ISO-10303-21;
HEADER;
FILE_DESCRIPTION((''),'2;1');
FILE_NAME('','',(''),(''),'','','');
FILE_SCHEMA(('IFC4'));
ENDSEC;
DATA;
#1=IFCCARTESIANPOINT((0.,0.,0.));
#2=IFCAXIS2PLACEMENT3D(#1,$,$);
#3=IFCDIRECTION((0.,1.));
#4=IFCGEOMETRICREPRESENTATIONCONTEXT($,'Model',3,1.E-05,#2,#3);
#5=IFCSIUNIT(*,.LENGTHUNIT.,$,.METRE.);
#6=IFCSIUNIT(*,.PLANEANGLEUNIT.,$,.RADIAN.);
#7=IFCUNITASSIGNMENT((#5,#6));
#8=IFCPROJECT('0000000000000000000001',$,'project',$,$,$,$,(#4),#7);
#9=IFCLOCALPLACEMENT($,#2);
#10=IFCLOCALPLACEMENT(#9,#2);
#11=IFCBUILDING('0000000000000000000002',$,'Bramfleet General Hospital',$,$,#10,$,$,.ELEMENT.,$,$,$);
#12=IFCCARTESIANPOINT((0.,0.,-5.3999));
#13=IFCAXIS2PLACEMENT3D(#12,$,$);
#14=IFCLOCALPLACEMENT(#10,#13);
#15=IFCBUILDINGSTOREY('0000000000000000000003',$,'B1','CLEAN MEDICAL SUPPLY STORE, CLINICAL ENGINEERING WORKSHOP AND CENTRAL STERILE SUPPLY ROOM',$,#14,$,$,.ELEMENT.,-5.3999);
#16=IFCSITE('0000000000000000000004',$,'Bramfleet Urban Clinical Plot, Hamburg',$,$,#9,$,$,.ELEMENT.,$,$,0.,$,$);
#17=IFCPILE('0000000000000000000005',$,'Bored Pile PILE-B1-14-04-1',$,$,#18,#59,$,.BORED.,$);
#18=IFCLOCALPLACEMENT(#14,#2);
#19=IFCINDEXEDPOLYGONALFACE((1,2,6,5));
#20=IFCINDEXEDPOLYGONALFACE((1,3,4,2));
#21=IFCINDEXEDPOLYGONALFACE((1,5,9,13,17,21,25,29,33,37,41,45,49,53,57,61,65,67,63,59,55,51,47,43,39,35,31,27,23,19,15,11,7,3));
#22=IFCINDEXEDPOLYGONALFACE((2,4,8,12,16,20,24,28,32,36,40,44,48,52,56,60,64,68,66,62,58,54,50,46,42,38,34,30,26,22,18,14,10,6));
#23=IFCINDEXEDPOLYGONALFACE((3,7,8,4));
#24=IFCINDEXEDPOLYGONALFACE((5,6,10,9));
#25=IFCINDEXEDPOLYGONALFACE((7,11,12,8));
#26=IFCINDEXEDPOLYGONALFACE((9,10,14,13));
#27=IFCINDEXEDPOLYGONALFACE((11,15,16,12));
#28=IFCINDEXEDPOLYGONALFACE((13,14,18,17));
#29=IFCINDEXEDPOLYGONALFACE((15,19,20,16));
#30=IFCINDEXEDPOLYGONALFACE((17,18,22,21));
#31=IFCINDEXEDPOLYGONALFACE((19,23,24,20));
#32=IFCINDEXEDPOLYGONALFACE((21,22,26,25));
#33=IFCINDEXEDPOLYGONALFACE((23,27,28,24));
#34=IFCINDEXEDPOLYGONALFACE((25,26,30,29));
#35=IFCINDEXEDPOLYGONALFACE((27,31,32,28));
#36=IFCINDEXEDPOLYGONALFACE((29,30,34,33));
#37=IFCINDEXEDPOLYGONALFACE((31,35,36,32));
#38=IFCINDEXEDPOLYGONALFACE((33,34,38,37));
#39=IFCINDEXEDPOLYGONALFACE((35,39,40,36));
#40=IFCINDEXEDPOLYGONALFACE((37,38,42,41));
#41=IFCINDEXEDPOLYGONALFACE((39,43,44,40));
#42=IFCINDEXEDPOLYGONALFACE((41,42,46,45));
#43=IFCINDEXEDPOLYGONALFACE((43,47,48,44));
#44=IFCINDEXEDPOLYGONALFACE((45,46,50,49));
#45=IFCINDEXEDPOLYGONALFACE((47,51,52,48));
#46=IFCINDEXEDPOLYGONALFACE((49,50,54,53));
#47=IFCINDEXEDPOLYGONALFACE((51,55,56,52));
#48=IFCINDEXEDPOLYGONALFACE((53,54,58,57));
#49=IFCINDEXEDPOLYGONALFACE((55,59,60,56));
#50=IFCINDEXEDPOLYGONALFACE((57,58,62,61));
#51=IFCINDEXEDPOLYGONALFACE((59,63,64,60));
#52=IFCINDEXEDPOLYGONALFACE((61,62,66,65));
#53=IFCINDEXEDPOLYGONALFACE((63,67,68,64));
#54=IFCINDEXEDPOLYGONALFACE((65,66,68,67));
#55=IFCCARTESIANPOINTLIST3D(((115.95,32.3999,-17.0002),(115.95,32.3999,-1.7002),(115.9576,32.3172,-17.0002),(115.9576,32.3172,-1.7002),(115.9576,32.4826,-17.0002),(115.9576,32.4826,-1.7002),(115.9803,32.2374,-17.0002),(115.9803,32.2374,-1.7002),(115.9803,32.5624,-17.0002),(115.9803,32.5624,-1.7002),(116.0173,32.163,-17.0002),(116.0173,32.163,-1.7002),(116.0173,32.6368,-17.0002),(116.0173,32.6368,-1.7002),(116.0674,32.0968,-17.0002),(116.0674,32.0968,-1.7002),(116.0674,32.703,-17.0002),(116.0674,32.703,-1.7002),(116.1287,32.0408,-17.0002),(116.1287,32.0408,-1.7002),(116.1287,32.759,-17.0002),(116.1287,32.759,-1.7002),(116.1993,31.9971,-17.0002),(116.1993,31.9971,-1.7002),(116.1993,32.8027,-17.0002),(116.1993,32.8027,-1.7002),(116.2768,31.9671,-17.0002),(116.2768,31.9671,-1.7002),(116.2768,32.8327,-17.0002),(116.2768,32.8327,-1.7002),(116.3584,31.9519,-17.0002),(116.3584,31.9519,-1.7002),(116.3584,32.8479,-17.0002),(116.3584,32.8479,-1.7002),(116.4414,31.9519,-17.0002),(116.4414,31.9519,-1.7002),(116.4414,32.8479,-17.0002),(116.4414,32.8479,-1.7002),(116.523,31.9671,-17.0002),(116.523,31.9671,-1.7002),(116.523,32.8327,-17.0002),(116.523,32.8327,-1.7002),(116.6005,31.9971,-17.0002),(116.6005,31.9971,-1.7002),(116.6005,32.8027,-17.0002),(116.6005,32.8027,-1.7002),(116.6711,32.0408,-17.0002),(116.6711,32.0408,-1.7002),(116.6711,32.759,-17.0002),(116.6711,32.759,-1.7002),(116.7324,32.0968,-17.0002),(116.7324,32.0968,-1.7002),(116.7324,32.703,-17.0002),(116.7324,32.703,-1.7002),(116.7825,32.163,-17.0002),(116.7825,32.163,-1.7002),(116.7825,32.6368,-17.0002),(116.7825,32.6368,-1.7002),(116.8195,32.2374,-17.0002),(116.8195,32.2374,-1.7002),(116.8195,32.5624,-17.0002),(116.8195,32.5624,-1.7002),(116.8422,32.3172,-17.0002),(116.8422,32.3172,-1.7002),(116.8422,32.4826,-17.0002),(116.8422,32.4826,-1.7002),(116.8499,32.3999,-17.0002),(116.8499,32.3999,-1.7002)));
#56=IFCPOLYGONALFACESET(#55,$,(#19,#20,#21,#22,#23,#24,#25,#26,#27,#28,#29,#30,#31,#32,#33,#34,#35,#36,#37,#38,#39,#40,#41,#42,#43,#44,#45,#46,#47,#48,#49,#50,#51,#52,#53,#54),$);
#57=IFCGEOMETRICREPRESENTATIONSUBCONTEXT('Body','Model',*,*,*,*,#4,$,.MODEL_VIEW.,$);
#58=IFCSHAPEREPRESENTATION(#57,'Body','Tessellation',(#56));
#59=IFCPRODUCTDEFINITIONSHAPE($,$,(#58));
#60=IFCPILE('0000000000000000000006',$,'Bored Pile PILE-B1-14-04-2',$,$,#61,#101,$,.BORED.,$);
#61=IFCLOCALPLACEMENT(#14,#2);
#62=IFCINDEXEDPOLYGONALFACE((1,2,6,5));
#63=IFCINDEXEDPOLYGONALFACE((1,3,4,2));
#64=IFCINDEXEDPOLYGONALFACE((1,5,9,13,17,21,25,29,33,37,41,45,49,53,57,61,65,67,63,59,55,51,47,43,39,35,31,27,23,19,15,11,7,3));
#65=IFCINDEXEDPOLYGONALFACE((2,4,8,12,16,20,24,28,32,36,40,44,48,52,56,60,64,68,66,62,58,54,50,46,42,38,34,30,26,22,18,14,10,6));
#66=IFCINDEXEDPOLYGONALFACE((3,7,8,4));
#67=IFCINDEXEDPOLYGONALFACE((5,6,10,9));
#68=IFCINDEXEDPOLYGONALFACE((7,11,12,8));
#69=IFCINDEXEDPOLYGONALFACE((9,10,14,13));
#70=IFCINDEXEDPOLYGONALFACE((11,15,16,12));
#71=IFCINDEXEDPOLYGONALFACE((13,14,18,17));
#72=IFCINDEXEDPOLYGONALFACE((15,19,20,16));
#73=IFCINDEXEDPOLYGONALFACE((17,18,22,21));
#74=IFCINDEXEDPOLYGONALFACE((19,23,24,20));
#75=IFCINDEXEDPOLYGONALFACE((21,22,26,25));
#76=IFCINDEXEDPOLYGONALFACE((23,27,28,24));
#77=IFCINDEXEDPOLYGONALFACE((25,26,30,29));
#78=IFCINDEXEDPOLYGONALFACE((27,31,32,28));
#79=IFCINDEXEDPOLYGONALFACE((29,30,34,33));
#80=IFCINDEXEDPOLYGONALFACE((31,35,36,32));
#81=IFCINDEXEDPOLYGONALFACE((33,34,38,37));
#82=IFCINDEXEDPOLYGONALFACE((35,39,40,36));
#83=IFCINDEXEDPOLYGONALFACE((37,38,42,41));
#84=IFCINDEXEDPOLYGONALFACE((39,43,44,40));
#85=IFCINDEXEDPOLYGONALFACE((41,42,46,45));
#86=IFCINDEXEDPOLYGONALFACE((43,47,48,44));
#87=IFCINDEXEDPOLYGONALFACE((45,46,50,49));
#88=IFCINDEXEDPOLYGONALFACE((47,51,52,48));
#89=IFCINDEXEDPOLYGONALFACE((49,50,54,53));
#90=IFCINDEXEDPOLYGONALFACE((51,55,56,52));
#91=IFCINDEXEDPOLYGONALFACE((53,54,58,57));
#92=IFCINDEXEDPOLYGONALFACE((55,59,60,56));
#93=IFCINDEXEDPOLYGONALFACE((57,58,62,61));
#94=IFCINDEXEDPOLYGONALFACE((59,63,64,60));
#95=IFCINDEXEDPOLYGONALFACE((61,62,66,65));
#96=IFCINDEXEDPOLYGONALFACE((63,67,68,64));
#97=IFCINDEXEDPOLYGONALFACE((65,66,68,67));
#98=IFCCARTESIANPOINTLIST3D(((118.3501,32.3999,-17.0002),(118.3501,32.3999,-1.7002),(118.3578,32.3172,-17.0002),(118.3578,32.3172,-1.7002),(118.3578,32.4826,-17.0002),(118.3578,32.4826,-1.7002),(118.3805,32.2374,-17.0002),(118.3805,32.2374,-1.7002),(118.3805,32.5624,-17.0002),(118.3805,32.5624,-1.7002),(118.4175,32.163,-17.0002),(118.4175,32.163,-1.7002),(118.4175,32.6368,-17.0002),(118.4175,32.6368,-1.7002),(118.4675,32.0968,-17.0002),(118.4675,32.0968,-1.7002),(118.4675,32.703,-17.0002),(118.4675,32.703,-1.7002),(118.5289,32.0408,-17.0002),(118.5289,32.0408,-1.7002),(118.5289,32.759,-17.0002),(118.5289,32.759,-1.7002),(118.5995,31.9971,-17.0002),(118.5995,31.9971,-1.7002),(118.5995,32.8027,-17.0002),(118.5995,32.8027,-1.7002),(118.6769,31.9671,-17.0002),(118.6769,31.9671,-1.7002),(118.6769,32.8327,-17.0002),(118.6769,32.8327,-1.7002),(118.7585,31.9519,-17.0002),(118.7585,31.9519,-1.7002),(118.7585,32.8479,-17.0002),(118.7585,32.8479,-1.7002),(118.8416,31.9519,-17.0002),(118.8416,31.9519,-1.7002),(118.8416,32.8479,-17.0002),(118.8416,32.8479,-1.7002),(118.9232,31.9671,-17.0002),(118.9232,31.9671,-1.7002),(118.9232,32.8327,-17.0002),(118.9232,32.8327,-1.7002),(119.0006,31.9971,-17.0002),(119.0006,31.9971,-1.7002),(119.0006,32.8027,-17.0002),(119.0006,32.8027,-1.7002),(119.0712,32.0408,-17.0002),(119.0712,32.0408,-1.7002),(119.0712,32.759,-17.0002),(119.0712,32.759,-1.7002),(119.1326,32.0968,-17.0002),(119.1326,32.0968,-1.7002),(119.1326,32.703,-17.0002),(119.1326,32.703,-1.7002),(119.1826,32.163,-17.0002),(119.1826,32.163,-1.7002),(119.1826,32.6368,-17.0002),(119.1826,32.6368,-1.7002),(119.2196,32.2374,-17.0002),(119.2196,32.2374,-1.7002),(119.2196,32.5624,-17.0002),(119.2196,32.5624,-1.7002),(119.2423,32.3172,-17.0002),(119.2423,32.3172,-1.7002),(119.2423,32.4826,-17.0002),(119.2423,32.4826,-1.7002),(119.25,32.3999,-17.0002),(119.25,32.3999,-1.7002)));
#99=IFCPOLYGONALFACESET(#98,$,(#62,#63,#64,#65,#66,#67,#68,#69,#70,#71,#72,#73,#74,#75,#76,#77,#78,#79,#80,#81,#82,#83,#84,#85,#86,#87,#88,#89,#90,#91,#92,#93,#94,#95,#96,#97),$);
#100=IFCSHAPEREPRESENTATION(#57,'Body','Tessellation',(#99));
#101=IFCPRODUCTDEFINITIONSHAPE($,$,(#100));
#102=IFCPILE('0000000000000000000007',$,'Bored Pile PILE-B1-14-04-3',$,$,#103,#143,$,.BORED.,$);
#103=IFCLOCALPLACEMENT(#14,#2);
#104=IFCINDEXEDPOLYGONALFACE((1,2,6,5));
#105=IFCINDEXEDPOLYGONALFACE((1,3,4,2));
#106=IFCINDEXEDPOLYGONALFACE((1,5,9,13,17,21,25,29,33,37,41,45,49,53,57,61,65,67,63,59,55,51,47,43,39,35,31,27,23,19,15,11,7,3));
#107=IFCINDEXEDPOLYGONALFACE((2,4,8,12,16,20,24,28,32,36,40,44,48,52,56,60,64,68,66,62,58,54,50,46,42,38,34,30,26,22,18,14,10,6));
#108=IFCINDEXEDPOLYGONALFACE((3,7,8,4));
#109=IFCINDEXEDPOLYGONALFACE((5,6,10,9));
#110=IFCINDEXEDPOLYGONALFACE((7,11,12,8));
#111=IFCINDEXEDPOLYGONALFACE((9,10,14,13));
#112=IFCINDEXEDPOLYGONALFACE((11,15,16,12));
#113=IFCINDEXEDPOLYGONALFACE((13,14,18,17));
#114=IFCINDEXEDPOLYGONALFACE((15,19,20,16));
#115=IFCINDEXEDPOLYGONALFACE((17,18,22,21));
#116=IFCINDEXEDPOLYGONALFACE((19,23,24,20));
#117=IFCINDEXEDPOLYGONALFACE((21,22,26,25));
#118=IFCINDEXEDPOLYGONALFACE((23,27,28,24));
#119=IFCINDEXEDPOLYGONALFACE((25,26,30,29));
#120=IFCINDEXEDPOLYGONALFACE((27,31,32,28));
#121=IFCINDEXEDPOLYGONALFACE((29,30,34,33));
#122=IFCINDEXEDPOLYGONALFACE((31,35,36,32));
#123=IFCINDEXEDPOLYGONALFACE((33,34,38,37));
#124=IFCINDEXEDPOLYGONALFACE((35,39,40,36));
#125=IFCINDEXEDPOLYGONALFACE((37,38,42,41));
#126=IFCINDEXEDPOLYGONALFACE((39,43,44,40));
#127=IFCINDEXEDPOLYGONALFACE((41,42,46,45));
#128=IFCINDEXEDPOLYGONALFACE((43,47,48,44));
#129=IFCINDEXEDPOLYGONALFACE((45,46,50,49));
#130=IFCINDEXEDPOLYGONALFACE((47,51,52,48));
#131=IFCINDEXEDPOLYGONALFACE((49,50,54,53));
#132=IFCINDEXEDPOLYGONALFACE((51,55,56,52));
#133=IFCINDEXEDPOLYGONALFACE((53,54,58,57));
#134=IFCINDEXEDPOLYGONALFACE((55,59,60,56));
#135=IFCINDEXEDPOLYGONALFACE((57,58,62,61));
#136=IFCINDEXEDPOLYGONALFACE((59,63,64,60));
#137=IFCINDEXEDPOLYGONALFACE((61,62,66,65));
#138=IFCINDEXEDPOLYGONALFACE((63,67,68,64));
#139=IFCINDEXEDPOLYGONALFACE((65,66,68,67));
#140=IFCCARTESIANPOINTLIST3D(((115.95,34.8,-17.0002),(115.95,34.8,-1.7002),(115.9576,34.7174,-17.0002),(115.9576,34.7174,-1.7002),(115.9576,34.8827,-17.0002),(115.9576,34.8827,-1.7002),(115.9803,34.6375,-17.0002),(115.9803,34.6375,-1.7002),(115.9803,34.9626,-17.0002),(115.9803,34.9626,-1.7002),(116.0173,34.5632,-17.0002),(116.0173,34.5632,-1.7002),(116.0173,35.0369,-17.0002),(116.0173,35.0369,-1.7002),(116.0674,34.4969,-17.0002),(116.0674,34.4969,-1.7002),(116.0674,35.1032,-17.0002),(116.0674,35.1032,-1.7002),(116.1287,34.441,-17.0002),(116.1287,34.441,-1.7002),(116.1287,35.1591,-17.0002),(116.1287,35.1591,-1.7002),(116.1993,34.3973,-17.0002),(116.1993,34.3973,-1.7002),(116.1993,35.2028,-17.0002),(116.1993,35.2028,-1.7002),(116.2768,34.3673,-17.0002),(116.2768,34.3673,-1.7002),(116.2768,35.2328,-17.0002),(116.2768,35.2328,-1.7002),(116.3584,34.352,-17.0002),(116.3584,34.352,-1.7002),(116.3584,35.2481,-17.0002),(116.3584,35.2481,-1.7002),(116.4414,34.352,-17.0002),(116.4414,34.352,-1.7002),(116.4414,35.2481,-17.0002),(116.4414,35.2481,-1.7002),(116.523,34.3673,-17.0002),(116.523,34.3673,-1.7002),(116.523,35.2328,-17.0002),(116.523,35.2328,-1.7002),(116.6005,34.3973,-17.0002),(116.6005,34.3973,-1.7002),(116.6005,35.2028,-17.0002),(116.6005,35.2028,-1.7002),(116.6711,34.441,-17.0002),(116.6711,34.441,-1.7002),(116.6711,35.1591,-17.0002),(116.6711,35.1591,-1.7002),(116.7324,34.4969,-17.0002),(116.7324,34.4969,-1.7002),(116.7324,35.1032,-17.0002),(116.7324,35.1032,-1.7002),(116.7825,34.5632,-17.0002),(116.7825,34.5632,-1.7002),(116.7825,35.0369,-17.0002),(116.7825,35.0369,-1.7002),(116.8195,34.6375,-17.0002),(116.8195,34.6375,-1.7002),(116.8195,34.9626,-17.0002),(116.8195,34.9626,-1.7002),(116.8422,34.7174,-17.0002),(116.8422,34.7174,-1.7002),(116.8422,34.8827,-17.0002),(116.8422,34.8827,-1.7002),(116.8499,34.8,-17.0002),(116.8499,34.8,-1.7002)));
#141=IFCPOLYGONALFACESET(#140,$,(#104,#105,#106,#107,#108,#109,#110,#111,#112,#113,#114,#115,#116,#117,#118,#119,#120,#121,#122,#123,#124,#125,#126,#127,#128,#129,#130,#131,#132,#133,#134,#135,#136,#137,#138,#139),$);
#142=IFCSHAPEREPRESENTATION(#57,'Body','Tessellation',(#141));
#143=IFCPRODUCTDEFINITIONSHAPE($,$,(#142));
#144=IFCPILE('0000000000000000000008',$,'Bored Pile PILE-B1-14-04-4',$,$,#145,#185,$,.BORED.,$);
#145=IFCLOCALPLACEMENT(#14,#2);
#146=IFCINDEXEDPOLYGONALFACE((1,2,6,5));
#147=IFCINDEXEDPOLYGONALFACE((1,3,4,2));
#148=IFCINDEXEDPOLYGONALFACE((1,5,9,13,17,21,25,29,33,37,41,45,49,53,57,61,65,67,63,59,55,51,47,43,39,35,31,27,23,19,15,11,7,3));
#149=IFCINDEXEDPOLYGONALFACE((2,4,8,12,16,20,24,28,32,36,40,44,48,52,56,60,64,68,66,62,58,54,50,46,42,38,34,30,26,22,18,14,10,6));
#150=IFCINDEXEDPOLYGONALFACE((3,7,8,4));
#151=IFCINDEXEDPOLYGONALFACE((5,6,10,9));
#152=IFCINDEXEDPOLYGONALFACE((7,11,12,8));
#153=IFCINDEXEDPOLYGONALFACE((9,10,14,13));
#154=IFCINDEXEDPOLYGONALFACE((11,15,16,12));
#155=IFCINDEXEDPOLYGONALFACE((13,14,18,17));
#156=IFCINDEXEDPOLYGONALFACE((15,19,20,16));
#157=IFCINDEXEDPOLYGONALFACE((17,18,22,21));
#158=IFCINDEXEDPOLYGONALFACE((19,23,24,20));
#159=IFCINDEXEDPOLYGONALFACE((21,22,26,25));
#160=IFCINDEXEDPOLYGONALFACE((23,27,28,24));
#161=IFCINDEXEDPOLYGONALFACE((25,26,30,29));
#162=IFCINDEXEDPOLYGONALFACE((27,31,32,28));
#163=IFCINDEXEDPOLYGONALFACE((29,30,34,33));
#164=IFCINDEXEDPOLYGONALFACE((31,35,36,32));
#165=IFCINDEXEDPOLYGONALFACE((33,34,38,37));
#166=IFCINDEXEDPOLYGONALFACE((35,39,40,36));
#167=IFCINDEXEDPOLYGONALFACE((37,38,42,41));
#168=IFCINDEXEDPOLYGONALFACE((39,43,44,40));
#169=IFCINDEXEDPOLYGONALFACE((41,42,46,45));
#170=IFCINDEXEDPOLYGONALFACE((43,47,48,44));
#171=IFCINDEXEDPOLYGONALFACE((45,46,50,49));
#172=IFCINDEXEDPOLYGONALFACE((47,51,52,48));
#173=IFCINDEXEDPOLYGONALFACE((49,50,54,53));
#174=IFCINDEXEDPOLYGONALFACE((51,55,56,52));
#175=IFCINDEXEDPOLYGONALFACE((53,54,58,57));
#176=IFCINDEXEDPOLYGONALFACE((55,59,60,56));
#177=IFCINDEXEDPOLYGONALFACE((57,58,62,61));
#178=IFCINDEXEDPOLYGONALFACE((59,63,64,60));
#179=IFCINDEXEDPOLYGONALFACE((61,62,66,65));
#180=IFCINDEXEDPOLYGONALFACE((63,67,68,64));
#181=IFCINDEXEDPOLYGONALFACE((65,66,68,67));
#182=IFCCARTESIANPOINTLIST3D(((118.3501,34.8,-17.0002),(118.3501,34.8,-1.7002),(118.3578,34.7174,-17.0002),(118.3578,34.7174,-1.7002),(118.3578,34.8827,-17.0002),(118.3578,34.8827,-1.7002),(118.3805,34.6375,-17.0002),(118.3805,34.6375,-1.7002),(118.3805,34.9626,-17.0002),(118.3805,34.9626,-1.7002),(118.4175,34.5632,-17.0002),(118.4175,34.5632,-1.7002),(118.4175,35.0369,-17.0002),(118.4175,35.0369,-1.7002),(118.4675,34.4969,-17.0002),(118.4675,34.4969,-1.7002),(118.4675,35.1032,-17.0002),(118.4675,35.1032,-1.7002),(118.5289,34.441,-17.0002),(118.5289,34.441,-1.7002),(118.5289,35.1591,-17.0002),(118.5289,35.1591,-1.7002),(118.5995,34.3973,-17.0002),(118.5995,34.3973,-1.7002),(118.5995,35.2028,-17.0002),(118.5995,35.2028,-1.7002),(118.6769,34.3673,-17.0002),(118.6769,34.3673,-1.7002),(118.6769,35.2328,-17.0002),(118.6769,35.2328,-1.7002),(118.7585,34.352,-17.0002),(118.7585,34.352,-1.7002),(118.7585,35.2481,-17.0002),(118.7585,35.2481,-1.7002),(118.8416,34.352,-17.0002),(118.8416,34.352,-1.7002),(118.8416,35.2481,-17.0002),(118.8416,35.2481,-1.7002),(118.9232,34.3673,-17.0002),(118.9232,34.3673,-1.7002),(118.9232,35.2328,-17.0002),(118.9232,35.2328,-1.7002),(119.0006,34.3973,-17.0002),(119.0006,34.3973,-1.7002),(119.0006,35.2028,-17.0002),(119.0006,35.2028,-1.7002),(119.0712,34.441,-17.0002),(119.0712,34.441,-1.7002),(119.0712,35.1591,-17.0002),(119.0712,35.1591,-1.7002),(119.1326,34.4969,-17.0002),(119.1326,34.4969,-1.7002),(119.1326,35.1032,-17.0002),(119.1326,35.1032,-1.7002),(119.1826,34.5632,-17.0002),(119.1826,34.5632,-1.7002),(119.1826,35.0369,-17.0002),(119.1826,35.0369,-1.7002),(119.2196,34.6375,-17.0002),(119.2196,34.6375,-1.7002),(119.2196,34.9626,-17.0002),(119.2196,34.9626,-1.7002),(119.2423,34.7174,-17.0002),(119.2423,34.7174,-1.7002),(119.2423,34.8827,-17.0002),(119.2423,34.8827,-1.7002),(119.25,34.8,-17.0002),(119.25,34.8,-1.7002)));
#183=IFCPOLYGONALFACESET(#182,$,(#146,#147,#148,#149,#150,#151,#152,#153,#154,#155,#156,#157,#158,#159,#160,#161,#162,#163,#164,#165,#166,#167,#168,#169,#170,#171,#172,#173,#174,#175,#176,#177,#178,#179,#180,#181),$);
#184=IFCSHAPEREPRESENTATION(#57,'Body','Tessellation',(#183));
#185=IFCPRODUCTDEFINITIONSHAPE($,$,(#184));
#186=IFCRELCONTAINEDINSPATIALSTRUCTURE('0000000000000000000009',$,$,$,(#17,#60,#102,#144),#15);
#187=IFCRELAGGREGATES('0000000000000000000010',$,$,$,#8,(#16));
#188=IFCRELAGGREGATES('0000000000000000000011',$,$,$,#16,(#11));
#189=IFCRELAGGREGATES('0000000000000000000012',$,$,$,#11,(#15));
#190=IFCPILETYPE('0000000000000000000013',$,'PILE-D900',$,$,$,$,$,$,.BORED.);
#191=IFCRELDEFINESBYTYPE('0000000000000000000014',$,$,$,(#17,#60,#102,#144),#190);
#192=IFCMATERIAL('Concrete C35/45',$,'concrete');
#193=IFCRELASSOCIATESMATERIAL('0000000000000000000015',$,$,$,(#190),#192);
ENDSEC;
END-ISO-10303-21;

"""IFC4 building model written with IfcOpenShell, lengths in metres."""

from ifc_helpers import new_model, si_unit, direction, frame, origin, origin_2d, place, context, subcontext, project, spatial, circle, extrude, material, material_profile, profile_set, type_object, element, save


model = new_model("IFC4")

# Units and contexts
model_context = context("Model", 3, precision=1e-05, world=origin(), true_north=direction((0.0, 1.0)))
body_context = subcontext(model_context, "Body", "Model", "MODEL_VIEW")
ifc_project = project(units=[si_unit("LENGTHUNIT", "METRE"), si_unit("PLANEANGLEUNIT", "RADIAN")], contexts=[model_context])

# Site, building, storey
site_placement = place(None, origin())
site = spatial("IfcSite", under=ifc_project, at=site_placement, Name="Bramfleet Urban Clinical Plot, Hamburg", CompositionType="ELEMENT", RefElevation=0.0)
building_placement = place(site_placement, origin())
building = spatial("IfcBuilding", under=site, at=building_placement, Name="Bramfleet General Hospital", CompositionType="ELEMENT")
storey_placement = place(building_placement, frame((0.0, 0.0, -5.3999)))
storey = spatial("IfcBuildingStorey", under=building, at=storey_placement, Name="B1", Description="CLEAN MEDICAL SUPPLY STORE, CLINICAL ENGINEERING WORKSHOP AND CENTRAL STERILE SUPPLY ROOM", CompositionType="ELEMENT", Elevation=-5.3999)

# Shared definitions
ifc_material_1 = material(Name="Concrete C35/45", Category="concrete")

# Piles
ifc_material_profile_1 = material_profile(ifc_material_1, circle(Radius=0.45, at=origin_2d()), Name="PILE BORED D900")
ifc_profile_set_1 = profile_set([ifc_material_profile_1], Name="Concrete C35/45")
pile_type = type_object("IfcPileType", Name="PILE-D900", PredefinedType="BORED", material=ifc_profile_set_1)
for number, where, z_axis, x_axis, name in (
    (1, (116.3999, 32.3999, -1.7002), (0.0, 0.0, -1.0), (1.0, 0.0, 0.0), "Bored Pile PILE-B1-14-04-1"),
    (2, (118.8, 32.3999, -1.7002), (0.0, 0.0, -1.0), (1.0, 0.0, 0.0), "Bored Pile PILE-B1-14-04-2"),
    (3, (116.3999, 34.8, -1.7002), (0.0, 0.0, -1.0), (1.0, 0.0, 0.0), "Bored Pile PILE-B1-14-04-3"),
    (4, (118.8, 34.8, -1.7002), (0.0, 0.0, -1.0), (1.0, 0.0, 0.0), "Bored Pile PILE-B1-14-04-4"),
):
    element("IfcPile", number, at=place(storey_placement, frame(where, z_axis=z_axis, x_axis=x_axis)), inside=storey, type_object=pile_type, Name=name, PredefinedType="BORED", context=body_context, shape_type="SweptSolid", body=[
        extrude(circle(Radius=0.45, at=origin_2d()), origin(), (0.0, 0.0, 1.0), 15.3),
    ])

save(model, "model.ifc")
